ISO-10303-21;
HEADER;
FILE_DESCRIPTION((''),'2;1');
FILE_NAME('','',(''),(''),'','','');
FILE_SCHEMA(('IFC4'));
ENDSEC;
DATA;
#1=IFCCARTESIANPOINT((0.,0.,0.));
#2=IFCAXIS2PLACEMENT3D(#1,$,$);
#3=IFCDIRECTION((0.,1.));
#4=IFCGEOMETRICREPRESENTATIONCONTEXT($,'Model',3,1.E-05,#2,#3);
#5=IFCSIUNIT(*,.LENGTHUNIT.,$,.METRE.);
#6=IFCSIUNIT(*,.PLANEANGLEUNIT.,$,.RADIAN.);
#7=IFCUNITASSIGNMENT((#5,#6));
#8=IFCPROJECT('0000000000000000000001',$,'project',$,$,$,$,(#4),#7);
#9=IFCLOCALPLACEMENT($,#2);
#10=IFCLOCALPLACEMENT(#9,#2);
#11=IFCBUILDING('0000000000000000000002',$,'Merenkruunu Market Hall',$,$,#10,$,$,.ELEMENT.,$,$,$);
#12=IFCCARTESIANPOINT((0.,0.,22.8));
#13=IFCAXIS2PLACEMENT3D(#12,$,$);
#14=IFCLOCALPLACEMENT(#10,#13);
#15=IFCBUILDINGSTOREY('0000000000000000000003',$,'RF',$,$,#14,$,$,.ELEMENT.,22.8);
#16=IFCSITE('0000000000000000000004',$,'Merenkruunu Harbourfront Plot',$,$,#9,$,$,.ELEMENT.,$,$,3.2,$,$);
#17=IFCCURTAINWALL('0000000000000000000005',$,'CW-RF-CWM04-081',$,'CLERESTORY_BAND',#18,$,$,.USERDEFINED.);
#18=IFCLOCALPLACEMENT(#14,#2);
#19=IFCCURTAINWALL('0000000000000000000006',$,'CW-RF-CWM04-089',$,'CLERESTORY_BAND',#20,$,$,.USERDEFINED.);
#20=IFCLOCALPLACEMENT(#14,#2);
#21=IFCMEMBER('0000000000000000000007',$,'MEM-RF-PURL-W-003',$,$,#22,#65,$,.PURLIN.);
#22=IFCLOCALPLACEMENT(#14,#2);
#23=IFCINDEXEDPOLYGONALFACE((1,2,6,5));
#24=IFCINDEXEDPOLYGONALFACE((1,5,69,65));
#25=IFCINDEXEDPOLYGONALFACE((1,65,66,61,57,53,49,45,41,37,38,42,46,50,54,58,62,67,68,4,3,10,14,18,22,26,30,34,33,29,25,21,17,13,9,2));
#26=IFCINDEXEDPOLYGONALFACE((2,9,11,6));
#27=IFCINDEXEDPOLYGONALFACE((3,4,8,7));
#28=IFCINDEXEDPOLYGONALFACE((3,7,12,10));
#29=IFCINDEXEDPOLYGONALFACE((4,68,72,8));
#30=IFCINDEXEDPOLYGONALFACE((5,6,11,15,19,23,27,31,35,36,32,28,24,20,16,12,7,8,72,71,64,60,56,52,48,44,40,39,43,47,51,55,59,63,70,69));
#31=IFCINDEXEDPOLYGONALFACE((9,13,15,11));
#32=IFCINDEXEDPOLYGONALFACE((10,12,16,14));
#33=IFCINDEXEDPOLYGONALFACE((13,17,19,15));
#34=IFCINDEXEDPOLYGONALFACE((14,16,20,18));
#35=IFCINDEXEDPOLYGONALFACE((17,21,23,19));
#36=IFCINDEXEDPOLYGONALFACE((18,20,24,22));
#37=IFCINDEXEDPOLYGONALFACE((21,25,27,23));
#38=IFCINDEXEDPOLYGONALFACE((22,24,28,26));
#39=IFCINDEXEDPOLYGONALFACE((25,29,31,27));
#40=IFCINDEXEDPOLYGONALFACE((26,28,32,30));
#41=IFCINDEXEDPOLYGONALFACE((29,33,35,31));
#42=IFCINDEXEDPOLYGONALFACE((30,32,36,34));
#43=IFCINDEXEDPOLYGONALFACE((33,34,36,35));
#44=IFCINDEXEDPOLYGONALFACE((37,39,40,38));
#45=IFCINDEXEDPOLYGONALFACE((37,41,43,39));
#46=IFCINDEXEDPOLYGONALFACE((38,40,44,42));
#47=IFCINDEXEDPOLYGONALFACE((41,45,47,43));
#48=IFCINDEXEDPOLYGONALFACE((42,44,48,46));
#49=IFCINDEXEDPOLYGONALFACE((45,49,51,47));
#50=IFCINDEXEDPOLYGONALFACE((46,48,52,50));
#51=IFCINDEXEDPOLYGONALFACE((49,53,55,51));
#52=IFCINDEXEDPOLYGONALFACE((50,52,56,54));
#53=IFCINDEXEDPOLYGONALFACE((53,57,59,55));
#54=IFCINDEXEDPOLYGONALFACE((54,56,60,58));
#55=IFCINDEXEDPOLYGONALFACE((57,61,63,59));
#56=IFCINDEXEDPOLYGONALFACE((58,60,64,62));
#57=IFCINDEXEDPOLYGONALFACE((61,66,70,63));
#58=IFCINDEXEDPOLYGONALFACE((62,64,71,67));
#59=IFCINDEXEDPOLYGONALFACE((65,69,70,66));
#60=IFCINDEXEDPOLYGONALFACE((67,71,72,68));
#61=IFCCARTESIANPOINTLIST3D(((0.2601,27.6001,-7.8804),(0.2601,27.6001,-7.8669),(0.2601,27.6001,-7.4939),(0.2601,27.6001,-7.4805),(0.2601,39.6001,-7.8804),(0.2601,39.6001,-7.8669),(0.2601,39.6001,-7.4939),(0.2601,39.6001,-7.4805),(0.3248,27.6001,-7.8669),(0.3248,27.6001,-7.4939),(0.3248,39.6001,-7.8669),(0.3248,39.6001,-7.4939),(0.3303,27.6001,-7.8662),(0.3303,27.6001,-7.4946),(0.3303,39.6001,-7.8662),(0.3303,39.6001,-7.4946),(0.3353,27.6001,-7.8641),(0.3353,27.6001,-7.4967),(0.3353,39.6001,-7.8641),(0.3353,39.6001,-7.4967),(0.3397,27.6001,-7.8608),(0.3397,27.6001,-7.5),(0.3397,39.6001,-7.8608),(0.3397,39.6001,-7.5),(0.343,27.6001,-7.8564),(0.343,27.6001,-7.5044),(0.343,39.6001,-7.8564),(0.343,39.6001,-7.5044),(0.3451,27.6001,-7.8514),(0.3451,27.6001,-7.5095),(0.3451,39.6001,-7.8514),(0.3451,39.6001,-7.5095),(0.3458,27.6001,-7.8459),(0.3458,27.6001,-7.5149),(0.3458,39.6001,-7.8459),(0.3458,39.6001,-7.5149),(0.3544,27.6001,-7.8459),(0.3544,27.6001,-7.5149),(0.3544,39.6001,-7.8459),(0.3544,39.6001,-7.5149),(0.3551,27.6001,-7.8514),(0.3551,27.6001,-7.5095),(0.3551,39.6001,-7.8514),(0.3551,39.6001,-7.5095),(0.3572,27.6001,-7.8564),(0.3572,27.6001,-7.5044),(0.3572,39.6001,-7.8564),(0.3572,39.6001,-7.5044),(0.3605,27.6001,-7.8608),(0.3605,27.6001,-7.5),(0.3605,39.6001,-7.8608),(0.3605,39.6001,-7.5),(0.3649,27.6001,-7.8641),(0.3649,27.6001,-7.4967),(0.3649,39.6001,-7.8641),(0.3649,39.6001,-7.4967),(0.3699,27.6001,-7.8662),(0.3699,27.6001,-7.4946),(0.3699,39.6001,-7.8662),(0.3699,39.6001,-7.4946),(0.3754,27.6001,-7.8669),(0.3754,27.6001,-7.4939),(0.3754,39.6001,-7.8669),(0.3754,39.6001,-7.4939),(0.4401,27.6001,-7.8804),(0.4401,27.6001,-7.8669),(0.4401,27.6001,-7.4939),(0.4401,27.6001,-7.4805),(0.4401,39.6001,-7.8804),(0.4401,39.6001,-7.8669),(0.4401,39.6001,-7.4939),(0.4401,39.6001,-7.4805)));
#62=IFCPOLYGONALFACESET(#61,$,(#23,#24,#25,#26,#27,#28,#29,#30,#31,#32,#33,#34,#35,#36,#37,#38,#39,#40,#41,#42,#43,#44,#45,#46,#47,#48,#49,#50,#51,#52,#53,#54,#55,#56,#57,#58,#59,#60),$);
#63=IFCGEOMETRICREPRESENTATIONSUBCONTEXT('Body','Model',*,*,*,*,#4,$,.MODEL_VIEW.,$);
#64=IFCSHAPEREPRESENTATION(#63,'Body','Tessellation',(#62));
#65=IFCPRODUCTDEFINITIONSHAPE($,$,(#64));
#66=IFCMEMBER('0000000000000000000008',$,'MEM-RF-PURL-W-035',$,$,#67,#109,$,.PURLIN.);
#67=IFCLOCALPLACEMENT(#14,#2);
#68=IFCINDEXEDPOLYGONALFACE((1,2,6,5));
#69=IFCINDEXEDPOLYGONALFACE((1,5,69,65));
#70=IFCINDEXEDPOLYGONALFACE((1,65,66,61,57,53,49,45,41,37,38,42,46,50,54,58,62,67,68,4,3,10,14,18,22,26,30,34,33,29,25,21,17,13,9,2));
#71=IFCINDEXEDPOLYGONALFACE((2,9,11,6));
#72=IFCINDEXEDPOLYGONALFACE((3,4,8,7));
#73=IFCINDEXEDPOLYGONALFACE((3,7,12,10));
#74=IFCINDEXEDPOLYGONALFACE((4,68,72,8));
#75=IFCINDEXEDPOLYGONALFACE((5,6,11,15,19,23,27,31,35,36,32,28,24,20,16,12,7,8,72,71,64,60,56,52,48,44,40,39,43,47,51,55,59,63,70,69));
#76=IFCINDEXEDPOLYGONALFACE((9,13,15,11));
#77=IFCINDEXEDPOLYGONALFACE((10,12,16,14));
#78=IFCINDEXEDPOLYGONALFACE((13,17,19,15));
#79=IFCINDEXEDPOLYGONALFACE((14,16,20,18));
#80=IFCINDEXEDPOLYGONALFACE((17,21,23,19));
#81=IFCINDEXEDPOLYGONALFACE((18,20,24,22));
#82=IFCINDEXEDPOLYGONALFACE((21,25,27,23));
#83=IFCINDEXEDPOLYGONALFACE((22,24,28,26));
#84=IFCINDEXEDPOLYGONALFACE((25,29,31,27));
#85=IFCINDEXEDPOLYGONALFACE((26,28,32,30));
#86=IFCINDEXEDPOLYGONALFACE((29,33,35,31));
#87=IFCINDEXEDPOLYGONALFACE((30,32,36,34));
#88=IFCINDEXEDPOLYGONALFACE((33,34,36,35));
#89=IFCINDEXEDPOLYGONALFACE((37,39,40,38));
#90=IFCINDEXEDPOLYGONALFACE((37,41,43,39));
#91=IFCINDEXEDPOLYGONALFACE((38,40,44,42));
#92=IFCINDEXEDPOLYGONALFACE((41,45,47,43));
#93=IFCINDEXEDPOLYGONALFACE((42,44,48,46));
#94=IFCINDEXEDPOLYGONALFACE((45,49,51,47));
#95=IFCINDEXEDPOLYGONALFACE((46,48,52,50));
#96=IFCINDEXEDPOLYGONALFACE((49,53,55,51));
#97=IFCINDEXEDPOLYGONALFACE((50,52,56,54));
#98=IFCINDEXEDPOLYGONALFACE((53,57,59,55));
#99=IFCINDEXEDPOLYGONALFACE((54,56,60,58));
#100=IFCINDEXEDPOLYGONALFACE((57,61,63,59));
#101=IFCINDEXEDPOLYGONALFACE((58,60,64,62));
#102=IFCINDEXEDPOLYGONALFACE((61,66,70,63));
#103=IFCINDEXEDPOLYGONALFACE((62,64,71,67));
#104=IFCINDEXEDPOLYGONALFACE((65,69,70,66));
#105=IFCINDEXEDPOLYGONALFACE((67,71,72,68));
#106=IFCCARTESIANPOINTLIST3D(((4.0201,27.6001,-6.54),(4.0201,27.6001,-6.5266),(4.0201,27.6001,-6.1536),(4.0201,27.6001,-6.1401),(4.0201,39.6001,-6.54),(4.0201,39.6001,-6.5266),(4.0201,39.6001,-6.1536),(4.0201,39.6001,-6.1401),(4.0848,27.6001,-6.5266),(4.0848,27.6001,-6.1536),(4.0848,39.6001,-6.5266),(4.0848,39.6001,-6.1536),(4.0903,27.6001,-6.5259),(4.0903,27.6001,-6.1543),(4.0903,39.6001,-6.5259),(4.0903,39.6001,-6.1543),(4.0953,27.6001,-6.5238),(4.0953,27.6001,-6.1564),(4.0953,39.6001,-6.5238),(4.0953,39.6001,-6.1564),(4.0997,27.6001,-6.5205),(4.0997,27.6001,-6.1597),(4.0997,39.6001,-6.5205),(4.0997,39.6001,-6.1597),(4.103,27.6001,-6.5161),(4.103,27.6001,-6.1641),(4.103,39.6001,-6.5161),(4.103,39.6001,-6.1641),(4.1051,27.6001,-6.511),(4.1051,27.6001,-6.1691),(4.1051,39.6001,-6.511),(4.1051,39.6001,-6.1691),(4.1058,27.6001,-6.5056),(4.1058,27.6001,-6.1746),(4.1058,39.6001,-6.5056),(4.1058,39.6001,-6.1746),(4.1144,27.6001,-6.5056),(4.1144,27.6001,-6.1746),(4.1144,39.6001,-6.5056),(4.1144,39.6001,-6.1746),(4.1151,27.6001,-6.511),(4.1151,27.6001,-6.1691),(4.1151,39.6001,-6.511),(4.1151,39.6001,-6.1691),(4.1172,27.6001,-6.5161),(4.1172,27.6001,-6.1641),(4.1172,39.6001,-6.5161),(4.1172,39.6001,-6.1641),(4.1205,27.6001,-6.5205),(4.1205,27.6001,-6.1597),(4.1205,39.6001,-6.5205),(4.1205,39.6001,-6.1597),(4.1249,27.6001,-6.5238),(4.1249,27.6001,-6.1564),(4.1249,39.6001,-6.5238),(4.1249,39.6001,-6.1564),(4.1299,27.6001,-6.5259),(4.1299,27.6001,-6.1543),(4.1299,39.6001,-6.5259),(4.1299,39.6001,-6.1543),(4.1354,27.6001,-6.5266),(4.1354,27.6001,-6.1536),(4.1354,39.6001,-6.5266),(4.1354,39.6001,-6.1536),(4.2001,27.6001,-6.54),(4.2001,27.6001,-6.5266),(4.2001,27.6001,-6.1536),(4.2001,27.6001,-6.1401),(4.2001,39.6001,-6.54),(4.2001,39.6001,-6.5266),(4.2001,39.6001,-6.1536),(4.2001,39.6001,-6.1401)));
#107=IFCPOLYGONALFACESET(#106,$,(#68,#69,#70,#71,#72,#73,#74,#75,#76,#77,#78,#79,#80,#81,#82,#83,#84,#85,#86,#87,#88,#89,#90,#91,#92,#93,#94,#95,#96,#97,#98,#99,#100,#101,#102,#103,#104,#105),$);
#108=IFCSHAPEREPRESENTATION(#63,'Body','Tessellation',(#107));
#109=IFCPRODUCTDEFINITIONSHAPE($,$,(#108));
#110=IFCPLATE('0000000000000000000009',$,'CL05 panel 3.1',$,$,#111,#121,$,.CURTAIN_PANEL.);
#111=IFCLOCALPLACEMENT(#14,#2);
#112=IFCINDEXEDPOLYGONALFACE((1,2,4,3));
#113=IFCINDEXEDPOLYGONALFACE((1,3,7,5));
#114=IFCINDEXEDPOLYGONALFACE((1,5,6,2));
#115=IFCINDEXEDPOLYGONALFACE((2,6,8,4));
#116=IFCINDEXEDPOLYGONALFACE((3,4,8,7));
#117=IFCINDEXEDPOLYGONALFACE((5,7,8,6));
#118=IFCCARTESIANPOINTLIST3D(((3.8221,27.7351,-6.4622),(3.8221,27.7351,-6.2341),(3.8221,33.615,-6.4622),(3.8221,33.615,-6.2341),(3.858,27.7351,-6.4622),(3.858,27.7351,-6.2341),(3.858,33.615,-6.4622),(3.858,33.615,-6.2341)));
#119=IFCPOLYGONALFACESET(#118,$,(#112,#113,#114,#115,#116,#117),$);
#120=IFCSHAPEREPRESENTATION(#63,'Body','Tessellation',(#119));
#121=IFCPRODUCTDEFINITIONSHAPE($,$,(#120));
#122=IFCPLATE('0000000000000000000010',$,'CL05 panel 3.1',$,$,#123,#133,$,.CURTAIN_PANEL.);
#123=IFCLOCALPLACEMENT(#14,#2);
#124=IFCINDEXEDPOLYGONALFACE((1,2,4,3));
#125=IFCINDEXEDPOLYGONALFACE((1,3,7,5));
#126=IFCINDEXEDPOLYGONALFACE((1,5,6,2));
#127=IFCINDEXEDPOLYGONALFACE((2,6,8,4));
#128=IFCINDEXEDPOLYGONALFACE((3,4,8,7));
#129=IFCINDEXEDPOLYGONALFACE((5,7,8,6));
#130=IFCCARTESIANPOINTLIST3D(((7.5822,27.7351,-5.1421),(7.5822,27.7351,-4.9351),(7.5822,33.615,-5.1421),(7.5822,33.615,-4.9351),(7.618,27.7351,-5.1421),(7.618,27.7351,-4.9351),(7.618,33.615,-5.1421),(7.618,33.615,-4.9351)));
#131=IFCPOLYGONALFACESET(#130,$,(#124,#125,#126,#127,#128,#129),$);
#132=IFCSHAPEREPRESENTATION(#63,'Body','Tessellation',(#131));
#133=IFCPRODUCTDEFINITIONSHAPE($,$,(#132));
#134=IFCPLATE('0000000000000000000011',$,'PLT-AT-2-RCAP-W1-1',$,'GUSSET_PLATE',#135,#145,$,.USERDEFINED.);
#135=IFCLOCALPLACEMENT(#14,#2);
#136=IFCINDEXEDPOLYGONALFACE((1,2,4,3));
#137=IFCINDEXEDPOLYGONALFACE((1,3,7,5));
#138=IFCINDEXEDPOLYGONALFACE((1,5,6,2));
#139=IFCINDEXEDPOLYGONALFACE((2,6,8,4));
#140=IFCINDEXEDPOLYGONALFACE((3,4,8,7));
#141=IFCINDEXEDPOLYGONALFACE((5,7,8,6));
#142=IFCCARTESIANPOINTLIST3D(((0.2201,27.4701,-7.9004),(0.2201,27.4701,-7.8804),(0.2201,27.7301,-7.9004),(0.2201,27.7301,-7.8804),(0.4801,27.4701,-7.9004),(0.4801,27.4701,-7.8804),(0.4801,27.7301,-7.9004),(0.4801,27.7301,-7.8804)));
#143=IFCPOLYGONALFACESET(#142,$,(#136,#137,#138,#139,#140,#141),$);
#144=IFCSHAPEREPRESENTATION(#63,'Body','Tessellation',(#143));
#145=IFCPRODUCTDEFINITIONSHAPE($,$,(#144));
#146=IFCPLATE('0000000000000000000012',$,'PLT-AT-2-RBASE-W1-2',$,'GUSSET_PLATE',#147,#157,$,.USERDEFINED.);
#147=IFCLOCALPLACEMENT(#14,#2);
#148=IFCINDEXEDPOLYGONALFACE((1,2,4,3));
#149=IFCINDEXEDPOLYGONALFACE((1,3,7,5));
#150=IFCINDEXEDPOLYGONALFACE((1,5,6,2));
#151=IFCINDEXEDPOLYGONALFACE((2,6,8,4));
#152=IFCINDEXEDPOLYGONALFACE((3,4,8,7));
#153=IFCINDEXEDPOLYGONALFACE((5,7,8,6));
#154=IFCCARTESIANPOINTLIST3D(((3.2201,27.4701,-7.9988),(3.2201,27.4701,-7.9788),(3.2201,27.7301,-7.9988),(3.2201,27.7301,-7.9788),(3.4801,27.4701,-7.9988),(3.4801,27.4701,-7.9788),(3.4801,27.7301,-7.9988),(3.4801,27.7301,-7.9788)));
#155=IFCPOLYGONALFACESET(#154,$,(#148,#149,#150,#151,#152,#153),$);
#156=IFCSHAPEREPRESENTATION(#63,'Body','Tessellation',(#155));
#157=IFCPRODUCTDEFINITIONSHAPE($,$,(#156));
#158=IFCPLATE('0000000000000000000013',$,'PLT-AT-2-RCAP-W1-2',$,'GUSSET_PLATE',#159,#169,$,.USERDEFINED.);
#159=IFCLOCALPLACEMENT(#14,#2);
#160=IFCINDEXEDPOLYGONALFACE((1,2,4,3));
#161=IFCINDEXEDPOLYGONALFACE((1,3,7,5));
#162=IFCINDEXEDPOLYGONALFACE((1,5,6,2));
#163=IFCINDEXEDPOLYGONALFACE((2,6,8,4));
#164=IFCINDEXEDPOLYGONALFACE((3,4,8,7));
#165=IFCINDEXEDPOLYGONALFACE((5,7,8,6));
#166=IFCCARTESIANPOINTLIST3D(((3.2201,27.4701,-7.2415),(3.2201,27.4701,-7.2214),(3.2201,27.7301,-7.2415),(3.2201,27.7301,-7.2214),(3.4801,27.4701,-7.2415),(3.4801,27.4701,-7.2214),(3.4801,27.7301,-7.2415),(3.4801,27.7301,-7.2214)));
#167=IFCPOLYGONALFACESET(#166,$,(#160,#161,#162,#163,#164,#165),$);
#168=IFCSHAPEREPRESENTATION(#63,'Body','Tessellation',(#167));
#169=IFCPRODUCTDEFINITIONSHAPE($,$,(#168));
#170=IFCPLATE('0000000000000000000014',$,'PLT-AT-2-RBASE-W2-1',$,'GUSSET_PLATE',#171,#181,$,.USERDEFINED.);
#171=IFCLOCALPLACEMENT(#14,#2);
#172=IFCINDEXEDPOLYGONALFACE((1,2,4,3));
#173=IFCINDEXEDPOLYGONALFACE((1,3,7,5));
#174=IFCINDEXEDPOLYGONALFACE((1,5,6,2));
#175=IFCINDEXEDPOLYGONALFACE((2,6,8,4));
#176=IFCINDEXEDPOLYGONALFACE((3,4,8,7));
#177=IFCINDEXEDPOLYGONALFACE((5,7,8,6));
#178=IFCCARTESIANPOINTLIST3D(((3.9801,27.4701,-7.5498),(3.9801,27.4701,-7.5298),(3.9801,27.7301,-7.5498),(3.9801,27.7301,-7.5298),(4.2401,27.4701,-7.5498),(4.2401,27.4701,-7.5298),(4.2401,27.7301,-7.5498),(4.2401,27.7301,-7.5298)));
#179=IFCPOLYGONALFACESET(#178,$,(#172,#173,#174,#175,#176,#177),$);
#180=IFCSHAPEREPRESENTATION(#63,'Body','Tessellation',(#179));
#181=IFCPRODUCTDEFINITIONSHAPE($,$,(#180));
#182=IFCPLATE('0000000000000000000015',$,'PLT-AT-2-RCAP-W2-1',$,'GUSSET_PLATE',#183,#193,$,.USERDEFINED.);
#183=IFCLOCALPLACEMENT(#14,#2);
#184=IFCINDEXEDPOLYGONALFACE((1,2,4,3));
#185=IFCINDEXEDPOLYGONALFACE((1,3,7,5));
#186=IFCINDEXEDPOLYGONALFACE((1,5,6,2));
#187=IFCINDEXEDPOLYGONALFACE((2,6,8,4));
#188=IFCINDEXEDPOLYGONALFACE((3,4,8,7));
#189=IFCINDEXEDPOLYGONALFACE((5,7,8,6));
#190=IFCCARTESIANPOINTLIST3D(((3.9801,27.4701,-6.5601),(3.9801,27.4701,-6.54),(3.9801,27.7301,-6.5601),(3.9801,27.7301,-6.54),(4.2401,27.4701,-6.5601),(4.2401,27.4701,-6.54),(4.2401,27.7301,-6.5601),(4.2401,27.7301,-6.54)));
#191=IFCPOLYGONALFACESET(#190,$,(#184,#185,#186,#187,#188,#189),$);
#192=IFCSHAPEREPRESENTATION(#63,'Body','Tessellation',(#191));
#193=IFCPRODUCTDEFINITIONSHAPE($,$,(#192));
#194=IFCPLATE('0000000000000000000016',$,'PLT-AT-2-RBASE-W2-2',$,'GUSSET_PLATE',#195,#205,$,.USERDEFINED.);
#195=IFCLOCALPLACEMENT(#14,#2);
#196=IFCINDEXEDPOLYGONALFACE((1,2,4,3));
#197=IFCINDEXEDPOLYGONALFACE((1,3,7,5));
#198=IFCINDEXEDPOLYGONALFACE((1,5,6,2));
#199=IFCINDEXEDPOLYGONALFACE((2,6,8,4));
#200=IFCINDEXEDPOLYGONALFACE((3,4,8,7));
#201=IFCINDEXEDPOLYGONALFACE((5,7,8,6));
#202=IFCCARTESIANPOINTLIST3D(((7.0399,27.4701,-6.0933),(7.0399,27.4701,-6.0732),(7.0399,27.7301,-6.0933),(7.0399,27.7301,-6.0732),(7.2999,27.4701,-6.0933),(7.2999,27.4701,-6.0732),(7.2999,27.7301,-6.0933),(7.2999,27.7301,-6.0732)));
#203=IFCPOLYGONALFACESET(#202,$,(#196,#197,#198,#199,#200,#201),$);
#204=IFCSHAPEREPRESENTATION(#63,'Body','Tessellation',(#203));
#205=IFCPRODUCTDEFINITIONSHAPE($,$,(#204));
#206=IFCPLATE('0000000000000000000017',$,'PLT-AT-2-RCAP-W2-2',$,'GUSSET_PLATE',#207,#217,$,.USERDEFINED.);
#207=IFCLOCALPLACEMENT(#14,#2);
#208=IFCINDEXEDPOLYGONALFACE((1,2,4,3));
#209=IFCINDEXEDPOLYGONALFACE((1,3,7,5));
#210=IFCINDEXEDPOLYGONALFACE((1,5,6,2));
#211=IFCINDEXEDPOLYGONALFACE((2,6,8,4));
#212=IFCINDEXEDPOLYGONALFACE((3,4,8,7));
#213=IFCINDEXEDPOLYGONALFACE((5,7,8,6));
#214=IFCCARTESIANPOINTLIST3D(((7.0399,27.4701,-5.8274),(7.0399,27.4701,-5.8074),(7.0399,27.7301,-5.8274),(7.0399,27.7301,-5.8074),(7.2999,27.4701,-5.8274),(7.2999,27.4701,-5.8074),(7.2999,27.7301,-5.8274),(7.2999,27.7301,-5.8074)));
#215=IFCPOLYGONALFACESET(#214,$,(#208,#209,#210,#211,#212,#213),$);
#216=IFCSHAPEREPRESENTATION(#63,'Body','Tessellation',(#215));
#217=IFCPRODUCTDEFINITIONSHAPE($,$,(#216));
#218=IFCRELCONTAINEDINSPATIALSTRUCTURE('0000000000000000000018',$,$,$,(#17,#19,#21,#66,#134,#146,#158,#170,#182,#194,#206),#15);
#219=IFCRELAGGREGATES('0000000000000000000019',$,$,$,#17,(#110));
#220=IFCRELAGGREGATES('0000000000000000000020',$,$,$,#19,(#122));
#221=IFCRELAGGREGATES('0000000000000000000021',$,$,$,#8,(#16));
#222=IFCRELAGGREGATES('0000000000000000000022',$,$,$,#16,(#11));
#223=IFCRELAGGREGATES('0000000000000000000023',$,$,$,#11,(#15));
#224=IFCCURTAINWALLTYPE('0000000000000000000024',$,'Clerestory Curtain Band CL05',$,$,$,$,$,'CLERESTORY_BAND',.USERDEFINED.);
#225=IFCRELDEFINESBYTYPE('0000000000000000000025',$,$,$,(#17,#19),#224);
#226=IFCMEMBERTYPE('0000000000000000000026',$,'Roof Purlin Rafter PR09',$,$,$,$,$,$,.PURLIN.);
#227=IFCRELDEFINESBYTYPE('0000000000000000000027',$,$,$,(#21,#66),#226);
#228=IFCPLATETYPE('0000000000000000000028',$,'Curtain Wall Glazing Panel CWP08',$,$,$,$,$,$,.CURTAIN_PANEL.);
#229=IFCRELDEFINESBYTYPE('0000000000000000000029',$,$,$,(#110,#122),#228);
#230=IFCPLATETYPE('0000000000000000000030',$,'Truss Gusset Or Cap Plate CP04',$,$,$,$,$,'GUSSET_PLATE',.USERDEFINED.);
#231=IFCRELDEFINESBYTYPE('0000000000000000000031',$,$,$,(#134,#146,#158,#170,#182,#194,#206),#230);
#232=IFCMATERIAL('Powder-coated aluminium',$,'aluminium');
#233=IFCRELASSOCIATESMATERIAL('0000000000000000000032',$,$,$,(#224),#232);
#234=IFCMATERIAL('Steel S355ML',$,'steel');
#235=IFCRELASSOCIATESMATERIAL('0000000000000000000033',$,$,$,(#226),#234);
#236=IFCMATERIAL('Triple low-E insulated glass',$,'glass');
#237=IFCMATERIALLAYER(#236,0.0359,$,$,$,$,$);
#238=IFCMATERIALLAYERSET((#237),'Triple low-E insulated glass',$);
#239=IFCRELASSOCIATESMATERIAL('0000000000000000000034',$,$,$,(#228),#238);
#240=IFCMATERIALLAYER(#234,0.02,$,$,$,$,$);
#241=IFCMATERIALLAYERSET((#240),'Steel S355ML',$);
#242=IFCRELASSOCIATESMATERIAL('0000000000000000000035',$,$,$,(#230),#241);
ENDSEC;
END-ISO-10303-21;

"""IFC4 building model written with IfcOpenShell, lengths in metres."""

from ifc_helpers import new_model, si_unit, direction, frame, origin, origin_2d, place, context, subcontext, project, spatial, rectangle, i_section, extrude, material, layer, layer_set, material_profile, profile_set, type_object, element, aggregate, save


model = new_model("IFC4")

# Units and contexts
model_context = context("Model", 3, precision=1e-05, world=origin(), true_north=direction((0.0, 1.0)))
body_context = subcontext(model_context, "Body", "Model", "MODEL_VIEW")
ifc_project = project(units=[si_unit("LENGTHUNIT", "METRE"), si_unit("PLANEANGLEUNIT", "RADIAN")], contexts=[model_context])

# Site, building, storey
site_placement = place(None, origin())
site = spatial("IfcSite", under=ifc_project, at=site_placement, Name="Merenkruunu Harbourfront Plot", CompositionType="ELEMENT", RefElevation=3.2)
building_placement = place(site_placement, origin())
building = spatial("IfcBuilding", under=site, at=building_placement, Name="Merenkruunu Market Hall", CompositionType="ELEMENT")
storey_placement = place(building_placement, frame((0.0, 0.0, 22.8)))
storey = spatial("IfcBuildingStorey", under=building, at=storey_placement, Name="RF", CompositionType="ELEMENT", Elevation=22.8)

# Shared definitions
ifc_material_1 = material(Name="Steel S355ML", Category="steel")

# Curtain walls
ifc_material_2 = material(Name="Powder-coated aluminium", Category="aluminium")
curtain_wall_type = type_object("IfcCurtainWallType", Name="Clerestory Curtain Band CL05", ElementType="CLERESTORY_BAND", PredefinedType="USERDEFINED", material=ifc_material_2)
curtain_wall_1_placement = place(storey_placement, origin())
curtain_wall_1 = element("IfcCurtainWall", 1, at=curtain_wall_1_placement, inside=storey, type_object=curtain_wall_type, Name="CW-RF-CWM04-081", ObjectType="CLERESTORY_BAND", PredefinedType="USERDEFINED")
curtain_wall_2_placement = place(storey_placement, origin())
curtain_wall_2 = element("IfcCurtainWall", 2, at=curtain_wall_2_placement, inside=storey, type_object=curtain_wall_type, Name="CW-RF-CWM04-089", ObjectType="CLERESTORY_BAND", PredefinedType="USERDEFINED")

# Members
ifc_material_profile_1 = material_profile(ifc_material_1, i_section(OverallWidth=0.1799, OverallDepth=0.3999, WebThickness=0.0085, FlangeThickness=0.0134, FilletRadius=0.021, at=origin_2d()), Name="IPE 400")
ifc_profile_set_1 = profile_set([ifc_material_profile_1], Name="Steel S355ML")
member_type_1 = type_object("IfcMemberType", Name="Roof Purlin Rafter PR09", PredefinedType="PURLIN", material=ifc_profile_set_1)
for number, where, z_axis, x_axis, name in (
    (3, (0.3501, 27.6001, -7.6804), (0.0, 1.0, 0.0), (-1.0, 0.0, 0.0), "MEM-RF-PURL-W-003"),
    (4, (4.1101, 27.6001, -6.3401), (0.0, 1.0, 0.0), (-1.0, 0.0, 0.0), "MEM-RF-PURL-W-035"),
):
    element("IfcMember", number, at=place(storey_placement, frame(where, z_axis=z_axis, x_axis=x_axis)), inside=storey, type_object=member_type_1, Name=name, PredefinedType="PURLIN", context=body_context, shape_type="SweptSolid", body=[
        extrude(i_section(OverallWidth=0.1799, OverallDepth=0.3999, WebThickness=0.0085, FlangeThickness=0.0134, FilletRadius=0.021, at=origin_2d()), origin(), (0.0, 0.0, 1.0), 12.0),
    ])

# Plates
ifc_material_3 = material(Name="Triple low-E insulated glass", Category="glass")
ifc_layer_1 = layer(ifc_material_3, 0.0359)
ifc_layer_set_1 = layer_set([ifc_layer_1], Name="Triple low-E insulated glass")
plate_type_1 = type_object("IfcPlateType", Name="Curtain Wall Glazing Panel CWP08", PredefinedType="CURTAIN_PANEL", material=ifc_layer_set_1)
plate_1_placement = place(storey_placement, frame((3.8401, 30.675, -6.4622), z_axis=(0.0, 0.0, 1.0), x_axis=(0.0, 1.0, 0.0)))
plate_1 = element("IfcPlate", 5, at=plate_1_placement, type_object=plate_type_1, Name="CL05 panel 3.1", PredefinedType="CURTAIN_PANEL", context=body_context, shape_type="SweptSolid", body=[
    extrude(rectangle(XDim=5.8799, YDim=0.0359, at=origin_2d()), origin(), (0.0, 0.0, 1.0), 0.228),
])
aggregate(curtain_wall_1, [plate_1])
plate_2_placement = place(storey_placement, frame((7.6001, 30.675, -5.1421), z_axis=(0.0, 0.0, 1.0), x_axis=(0.0, 1.0, 0.0)))
plate_2 = element("IfcPlate", 6, at=plate_2_placement, type_object=plate_type_1, Name="CL05 panel 3.1", PredefinedType="CURTAIN_PANEL", context=body_context, shape_type="SweptSolid", body=[
    extrude(rectangle(XDim=5.8799, YDim=0.0359, at=origin_2d()), origin(), (0.0, 0.0, 1.0), 0.207),
])
aggregate(curtain_wall_2, [plate_2])

# Plates
ifc_layer_2 = layer(ifc_material_1, 0.02)
ifc_layer_set_2 = layer_set([ifc_layer_2], Name="Steel S355ML")
plate_type_2 = type_object("IfcPlateType", Name="Truss Gusset Or Cap Plate CP04", ElementType="GUSSET_PLATE", PredefinedType="USERDEFINED", material=ifc_layer_set_2)
for number, where, z_axis, x_axis, name in (
    (7, (0.3501, 27.6001, -7.9004), (0.0, 0.0, 1.0), (1.0, 0.0, 0.0), "PLT-AT-2-RCAP-W1-1"),
    (8, (3.3501, 27.6001, -7.9988), (0.0, 0.0, 1.0), (1.0, 0.0, 0.0), "PLT-AT-2-RBASE-W1-2"),
    (9, (3.3501, 27.6001, -7.2415), (0.0, 0.0, 1.0), (1.0, 0.0, 0.0), "PLT-AT-2-RCAP-W1-2"),
    (10, (4.1101, 27.6001, -7.5498), (0.0, 0.0, 1.0), (1.0, 0.0, 0.0), "PLT-AT-2-RBASE-W2-1"),
    (11, (4.1101, 27.6001, -6.5601), (0.0, 0.0, 1.0), (1.0, 0.0, 0.0), "PLT-AT-2-RCAP-W2-1"),
    (12, (7.1699, 27.6001, -6.0933), (0.0, 0.0, 1.0), (1.0, 0.0, 0.0), "PLT-AT-2-RBASE-W2-2"),
    (13, (7.1699, 27.6001, -5.8274), (0.0, 0.0, 1.0), (1.0, 0.0, 0.0), "PLT-AT-2-RCAP-W2-2"),
):
    element("IfcPlate", number, at=place(storey_placement, frame(where, z_axis=z_axis, x_axis=x_axis)), inside=storey, type_object=plate_type_2, Name=name, ObjectType="GUSSET_PLATE", PredefinedType="USERDEFINED", context=body_context, shape_type="SweptSolid", body=[
        extrude(rectangle(XDim=0.26, YDim=0.26, at=origin_2d()), origin(), (0.0, 0.0, 1.0), 0.02),
    ])

save(model, "model.ifc")
